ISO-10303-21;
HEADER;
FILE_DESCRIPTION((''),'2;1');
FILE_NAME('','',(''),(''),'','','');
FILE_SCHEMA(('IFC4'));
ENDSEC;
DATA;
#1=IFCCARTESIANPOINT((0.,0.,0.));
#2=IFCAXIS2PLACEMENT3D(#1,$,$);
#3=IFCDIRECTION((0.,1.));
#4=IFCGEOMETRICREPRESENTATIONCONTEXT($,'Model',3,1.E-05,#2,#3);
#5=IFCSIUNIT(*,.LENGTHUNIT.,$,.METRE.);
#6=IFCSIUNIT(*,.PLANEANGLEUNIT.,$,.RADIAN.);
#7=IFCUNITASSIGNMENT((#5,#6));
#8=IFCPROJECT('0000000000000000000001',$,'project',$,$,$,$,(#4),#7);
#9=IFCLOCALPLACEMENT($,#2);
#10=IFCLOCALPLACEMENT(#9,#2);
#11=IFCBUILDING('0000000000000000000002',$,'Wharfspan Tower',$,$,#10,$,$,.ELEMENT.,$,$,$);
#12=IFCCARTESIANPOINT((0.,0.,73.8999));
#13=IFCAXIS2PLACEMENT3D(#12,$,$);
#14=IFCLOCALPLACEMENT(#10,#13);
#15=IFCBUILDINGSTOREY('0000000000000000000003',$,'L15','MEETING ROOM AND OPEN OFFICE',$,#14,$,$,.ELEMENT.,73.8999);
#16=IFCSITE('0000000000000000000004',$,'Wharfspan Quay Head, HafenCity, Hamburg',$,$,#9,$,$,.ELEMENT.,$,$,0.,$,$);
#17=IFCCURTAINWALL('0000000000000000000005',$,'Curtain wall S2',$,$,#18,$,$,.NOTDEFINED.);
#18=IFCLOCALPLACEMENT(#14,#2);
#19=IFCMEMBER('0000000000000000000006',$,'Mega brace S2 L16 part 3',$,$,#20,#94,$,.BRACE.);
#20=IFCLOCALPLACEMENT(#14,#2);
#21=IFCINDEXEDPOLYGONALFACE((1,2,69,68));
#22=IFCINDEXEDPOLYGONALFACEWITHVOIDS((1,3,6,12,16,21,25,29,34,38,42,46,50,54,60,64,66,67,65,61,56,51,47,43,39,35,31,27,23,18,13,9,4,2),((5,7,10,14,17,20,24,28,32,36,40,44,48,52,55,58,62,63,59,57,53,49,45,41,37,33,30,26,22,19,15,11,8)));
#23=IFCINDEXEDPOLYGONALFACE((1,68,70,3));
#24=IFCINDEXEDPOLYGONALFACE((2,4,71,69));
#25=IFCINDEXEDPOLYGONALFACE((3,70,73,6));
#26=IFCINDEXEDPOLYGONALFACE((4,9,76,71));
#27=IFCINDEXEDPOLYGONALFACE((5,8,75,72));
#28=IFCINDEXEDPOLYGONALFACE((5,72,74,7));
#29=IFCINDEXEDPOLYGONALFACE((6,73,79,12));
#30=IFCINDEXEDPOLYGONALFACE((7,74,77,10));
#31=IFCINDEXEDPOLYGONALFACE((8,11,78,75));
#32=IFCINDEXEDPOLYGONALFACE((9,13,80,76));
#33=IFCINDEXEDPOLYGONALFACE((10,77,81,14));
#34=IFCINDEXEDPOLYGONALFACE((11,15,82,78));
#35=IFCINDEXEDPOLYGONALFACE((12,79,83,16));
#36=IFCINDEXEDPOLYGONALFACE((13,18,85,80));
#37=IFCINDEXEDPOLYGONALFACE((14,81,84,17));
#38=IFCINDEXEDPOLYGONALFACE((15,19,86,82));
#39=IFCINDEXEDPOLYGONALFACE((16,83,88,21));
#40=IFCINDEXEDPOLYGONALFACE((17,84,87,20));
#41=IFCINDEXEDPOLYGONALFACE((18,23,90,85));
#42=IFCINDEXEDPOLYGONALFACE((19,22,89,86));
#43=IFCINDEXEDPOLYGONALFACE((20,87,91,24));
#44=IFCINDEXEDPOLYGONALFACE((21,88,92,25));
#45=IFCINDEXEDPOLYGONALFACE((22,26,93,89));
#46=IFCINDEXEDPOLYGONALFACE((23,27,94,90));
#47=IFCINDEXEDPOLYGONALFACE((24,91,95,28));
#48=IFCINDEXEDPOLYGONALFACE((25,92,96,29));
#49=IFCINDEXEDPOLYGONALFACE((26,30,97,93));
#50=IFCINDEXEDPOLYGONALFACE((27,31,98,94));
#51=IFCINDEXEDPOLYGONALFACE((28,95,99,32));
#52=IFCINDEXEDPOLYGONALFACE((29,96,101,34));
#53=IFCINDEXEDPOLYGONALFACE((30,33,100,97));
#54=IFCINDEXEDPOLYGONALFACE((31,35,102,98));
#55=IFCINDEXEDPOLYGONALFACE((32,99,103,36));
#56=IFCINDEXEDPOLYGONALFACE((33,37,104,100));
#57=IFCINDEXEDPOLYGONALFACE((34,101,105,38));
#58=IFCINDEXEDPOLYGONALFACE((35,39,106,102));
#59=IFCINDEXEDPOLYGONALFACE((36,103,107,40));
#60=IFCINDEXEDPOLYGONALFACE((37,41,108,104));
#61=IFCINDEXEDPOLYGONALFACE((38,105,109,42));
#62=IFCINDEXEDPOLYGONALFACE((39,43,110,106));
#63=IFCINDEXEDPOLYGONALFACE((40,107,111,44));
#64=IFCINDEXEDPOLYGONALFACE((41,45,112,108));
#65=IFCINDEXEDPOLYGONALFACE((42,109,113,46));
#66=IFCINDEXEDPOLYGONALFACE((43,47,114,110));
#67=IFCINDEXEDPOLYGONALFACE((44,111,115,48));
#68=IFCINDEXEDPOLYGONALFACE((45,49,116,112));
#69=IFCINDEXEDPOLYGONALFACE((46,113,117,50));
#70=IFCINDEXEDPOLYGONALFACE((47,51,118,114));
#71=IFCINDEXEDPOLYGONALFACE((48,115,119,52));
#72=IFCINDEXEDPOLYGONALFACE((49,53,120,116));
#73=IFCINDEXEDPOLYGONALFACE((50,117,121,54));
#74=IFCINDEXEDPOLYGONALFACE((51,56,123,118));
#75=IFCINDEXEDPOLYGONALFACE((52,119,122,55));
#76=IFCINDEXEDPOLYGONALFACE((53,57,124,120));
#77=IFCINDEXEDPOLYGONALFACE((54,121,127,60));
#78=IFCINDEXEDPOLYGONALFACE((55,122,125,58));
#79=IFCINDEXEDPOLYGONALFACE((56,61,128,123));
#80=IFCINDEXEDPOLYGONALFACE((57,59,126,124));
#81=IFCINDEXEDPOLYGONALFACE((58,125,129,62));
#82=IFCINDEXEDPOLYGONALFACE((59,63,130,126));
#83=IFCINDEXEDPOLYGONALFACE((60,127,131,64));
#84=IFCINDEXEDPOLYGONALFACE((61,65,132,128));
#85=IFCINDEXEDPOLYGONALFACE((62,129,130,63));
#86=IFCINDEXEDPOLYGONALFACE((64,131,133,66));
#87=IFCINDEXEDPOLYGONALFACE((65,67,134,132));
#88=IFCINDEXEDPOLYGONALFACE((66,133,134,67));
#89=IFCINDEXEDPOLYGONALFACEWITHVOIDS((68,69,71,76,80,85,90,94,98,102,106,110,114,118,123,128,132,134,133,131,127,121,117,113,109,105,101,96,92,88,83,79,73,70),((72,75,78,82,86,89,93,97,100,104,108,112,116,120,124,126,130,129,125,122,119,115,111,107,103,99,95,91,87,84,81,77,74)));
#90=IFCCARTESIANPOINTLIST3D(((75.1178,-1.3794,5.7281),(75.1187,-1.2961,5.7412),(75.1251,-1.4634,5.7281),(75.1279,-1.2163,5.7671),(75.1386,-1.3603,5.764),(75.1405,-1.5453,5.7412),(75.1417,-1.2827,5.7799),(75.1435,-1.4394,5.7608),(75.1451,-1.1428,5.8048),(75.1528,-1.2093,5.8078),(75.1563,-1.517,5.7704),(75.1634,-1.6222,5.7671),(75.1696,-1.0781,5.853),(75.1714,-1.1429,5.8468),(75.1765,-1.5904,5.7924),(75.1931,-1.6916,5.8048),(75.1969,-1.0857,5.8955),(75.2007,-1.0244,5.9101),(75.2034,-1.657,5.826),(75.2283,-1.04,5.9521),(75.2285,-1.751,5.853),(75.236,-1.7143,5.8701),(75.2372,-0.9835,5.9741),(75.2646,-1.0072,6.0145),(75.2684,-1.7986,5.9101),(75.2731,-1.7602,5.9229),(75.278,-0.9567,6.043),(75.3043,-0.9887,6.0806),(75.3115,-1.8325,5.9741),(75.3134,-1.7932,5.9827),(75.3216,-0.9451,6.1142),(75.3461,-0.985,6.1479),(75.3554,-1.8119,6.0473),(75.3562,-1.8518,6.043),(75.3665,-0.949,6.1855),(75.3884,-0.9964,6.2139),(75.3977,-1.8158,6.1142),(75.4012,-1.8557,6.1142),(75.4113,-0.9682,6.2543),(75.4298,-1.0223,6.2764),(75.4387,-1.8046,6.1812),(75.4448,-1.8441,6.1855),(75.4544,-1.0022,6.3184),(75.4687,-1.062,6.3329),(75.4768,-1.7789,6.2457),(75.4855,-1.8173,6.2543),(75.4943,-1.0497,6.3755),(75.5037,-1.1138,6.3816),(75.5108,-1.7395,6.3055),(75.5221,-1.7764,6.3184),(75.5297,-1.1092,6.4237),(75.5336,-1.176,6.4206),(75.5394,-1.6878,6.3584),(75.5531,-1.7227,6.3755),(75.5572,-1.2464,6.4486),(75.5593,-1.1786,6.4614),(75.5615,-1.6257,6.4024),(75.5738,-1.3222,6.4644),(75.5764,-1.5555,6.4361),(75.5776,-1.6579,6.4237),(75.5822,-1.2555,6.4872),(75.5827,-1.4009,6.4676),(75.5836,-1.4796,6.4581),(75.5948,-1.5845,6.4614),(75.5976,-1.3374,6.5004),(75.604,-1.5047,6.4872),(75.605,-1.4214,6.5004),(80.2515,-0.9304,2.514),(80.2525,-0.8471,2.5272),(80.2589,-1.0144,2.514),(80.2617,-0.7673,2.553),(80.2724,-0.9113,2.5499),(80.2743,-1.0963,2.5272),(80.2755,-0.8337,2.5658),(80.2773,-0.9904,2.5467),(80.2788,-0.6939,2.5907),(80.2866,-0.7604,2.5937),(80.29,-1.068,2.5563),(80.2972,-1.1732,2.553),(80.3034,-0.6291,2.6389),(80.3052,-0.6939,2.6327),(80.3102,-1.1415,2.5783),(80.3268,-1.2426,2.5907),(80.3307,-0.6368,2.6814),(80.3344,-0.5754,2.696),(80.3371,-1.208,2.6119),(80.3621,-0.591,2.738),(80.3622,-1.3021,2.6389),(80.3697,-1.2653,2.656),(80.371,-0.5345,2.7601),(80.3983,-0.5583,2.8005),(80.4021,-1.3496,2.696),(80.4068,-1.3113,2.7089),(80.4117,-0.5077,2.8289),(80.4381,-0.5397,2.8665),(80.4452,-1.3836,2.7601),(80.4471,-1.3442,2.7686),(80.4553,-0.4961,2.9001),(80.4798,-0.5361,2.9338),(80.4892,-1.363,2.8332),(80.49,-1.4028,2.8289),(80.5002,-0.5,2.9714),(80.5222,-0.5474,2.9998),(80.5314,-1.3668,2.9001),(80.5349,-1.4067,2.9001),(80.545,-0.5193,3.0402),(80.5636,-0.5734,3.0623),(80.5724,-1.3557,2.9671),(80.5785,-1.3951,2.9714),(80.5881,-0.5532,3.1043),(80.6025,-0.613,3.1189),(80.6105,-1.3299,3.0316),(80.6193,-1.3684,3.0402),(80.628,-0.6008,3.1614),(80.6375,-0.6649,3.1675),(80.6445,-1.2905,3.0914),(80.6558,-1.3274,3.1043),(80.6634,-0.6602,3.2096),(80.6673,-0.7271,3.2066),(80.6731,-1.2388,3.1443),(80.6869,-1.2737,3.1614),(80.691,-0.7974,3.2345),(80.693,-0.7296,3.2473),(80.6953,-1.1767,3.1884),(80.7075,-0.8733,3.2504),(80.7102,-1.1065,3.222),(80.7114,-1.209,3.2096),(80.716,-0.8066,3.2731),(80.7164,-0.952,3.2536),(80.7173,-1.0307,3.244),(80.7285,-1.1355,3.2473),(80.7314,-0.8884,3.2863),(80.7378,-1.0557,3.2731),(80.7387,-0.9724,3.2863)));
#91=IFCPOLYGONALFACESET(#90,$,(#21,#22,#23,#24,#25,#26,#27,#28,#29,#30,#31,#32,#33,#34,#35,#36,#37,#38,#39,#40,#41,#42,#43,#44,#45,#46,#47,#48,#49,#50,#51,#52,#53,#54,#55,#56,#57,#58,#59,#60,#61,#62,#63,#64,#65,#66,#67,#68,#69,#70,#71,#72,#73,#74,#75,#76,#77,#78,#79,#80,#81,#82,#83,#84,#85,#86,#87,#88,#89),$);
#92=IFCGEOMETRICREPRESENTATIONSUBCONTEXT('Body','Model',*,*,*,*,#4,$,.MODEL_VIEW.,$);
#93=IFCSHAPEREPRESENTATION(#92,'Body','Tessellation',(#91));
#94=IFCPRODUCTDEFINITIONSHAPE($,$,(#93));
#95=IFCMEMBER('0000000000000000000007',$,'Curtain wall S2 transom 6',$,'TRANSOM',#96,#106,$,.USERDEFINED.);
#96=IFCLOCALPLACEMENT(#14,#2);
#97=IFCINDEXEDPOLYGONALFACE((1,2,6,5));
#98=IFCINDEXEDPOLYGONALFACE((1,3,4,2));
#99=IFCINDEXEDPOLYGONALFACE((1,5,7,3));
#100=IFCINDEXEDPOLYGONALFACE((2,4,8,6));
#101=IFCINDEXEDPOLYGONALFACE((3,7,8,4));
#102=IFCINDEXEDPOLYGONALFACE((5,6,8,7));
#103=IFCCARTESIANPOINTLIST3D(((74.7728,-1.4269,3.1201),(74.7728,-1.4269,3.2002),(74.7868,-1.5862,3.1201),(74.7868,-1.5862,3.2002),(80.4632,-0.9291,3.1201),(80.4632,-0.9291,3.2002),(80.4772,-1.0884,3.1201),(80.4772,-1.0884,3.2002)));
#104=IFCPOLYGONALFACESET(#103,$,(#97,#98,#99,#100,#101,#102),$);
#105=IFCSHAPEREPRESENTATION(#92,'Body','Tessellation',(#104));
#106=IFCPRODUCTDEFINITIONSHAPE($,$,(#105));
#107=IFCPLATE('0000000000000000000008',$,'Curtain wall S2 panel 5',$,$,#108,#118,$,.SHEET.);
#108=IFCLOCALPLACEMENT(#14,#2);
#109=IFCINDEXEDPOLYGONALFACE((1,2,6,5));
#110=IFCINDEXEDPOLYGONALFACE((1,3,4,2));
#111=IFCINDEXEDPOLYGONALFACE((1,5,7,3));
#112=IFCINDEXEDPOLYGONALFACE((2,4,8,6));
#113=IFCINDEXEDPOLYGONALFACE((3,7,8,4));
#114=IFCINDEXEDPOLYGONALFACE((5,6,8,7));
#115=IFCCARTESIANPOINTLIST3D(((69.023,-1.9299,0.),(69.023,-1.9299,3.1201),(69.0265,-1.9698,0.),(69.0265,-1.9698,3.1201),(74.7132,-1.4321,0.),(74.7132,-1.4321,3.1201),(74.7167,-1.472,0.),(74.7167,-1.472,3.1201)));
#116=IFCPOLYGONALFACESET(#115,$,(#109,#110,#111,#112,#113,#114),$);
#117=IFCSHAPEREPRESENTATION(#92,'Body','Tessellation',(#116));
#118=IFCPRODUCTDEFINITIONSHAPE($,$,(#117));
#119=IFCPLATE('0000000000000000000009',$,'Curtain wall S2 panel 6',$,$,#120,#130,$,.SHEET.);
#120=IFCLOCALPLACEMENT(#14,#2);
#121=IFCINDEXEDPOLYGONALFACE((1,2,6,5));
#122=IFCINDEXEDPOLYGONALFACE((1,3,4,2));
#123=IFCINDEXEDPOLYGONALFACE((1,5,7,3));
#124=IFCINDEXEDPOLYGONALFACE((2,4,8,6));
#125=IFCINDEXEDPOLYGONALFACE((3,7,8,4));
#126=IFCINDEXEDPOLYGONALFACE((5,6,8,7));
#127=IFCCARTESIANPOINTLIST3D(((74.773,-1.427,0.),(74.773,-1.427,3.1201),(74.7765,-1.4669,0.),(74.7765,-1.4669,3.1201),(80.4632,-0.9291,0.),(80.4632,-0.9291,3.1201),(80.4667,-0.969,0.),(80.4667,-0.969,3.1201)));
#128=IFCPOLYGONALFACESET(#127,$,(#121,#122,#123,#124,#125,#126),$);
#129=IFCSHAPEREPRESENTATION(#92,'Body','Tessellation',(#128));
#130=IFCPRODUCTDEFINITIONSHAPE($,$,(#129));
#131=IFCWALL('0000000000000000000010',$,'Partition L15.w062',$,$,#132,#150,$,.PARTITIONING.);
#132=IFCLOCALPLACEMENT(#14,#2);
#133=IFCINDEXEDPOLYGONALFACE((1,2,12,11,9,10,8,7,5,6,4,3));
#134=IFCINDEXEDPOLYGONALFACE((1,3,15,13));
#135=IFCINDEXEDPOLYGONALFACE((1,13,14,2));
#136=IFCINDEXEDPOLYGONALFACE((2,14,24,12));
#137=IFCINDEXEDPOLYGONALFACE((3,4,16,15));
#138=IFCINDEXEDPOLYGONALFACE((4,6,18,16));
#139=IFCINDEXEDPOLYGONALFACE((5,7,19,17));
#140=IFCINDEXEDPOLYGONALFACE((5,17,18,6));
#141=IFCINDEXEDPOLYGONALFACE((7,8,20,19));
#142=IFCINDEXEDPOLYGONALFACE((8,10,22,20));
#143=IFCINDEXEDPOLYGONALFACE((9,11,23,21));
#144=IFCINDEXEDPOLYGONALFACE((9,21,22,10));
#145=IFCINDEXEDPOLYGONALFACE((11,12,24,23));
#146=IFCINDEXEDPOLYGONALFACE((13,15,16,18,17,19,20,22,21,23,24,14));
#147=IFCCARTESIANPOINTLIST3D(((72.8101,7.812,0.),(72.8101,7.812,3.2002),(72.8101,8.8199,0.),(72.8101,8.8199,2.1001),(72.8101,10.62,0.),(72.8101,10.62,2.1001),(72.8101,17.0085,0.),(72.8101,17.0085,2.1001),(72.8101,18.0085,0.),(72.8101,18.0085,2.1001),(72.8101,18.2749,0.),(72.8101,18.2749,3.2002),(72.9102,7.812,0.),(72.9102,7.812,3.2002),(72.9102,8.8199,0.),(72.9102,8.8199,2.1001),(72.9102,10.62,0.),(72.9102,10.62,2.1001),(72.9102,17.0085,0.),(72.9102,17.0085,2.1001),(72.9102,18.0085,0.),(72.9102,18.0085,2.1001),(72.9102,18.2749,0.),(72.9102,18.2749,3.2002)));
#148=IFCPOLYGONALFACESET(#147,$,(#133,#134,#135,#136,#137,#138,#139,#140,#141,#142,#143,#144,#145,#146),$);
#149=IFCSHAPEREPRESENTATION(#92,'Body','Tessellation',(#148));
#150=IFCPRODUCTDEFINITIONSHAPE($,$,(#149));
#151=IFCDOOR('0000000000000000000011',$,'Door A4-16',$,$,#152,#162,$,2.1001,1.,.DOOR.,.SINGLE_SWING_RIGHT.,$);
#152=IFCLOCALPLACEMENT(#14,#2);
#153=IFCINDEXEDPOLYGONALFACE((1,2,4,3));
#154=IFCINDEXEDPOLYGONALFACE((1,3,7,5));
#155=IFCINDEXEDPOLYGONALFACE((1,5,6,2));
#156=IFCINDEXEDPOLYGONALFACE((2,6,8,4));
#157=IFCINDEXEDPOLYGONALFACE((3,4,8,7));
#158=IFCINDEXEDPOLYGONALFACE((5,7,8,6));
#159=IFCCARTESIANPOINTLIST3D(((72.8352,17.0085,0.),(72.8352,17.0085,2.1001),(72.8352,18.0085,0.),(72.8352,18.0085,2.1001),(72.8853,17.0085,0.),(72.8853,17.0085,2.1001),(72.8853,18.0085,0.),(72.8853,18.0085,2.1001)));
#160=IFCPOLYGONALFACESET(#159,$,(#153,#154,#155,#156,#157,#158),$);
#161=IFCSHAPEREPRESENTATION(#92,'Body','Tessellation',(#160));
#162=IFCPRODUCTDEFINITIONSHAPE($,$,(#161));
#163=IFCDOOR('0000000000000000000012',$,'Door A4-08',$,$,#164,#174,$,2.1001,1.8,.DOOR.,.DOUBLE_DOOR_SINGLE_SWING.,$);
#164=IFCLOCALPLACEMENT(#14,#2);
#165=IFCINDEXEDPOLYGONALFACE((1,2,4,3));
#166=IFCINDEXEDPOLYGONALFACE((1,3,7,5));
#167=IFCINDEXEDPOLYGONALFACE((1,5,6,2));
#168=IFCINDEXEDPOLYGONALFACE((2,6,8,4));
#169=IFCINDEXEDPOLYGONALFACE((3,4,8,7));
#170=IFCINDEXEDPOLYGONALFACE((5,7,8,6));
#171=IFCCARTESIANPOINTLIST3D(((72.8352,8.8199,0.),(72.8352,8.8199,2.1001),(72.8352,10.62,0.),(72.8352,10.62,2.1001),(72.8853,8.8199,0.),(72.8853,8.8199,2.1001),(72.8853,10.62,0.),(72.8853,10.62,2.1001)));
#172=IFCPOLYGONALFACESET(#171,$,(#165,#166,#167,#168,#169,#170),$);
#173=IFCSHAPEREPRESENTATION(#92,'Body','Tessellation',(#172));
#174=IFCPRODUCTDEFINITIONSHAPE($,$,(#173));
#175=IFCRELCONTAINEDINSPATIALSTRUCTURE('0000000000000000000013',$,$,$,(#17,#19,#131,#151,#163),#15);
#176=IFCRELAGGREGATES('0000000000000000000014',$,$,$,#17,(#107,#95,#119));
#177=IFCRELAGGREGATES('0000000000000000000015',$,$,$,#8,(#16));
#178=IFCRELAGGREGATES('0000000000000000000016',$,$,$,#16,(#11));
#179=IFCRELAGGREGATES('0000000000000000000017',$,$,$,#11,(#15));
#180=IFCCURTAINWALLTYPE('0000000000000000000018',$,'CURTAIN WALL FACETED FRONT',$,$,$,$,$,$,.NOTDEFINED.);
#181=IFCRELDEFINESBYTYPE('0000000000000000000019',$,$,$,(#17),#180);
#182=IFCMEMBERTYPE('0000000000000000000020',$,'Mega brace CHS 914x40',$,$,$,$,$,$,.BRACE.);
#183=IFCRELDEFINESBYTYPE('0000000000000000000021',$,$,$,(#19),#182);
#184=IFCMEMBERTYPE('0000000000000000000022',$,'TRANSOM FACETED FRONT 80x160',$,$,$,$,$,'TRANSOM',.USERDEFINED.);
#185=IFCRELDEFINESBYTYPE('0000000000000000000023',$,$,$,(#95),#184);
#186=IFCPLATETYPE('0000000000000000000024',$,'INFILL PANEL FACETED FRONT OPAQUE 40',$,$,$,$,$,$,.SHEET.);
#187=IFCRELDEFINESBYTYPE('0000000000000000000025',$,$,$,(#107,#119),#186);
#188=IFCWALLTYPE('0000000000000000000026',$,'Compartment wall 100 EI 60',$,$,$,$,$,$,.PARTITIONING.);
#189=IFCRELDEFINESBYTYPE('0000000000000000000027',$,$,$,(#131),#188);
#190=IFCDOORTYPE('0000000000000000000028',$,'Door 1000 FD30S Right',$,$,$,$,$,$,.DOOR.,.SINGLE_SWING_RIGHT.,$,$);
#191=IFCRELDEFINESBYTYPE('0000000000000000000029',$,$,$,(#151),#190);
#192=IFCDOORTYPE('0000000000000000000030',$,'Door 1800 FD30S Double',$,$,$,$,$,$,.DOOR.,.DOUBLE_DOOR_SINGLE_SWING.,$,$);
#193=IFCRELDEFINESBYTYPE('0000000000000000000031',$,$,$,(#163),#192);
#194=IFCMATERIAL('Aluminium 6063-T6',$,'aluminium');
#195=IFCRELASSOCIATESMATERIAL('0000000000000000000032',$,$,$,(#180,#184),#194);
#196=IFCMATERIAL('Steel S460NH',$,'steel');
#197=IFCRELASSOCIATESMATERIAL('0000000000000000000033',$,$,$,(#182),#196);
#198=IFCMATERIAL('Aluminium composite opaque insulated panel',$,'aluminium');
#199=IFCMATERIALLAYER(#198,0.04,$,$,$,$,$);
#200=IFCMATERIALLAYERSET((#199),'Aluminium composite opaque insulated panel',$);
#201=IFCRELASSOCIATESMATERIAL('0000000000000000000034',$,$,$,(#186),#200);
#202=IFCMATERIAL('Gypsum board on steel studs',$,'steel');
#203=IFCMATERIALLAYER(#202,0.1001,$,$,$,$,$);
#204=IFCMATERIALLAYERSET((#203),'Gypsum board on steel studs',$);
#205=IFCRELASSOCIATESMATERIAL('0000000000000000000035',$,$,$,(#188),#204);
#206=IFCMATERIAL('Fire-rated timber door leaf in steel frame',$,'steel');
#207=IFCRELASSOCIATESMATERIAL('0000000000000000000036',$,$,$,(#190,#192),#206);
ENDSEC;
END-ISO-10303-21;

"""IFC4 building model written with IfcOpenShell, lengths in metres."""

from ifc_helpers import new_model, si_unit, direction, frame, frame_2d, origin, origin_2d, place, context, subcontext, project, spatial, rectangle, hollow_circle, extrude, material, layer, layer_set, material_profile, profile_set, type_object, element, fill, aggregate, save


model = new_model("IFC4")

# Units and contexts
model_context = context("Model", 3, precision=1e-05, world=origin(), true_north=direction((0.0, 1.0)))
body_context = subcontext(model_context, "Body", "Model", "MODEL_VIEW")
ifc_project = project(units=[si_unit("LENGTHUNIT", "METRE"), si_unit("PLANEANGLEUNIT", "RADIAN")], contexts=[model_context])

# Site, building, storey
site_placement = place(None, origin())
site = spatial("IfcSite", under=ifc_project, at=site_placement, Name="Wharfspan Quay Head, HafenCity, Hamburg", CompositionType="ELEMENT", RefElevation=0.0)
building_placement = place(site_placement, origin())
building = spatial("IfcBuilding", under=site, at=building_placement, Name="Wharfspan Tower", CompositionType="ELEMENT")
storey_placement = place(building_placement, frame((0.0, 0.0, 73.8999)))
storey = spatial("IfcBuildingStorey", under=building, at=storey_placement, Name="L15", Description="MEETING ROOM AND OPEN OFFICE", CompositionType="ELEMENT", Elevation=73.8999)

# Curtain wall
ifc_material_1 = material(Name="Aluminium 6063-T6", Category="aluminium")
curtain_wall_type = type_object("IfcCurtainWallType", Name="CURTAIN WALL FACETED FRONT", PredefinedType="NOTDEFINED", material=ifc_material_1)
curtain_wall_placement = place(storey_placement, origin())
curtain_wall = element("IfcCurtainWall", 1, at=curtain_wall_placement, inside=storey, type_object=curtain_wall_type, Name="Curtain wall S2", PredefinedType="NOTDEFINED")

# Members
ifc_material_2 = material(Name="Steel S460NH", Category="steel")
ifc_material_profile_1 = material_profile(ifc_material_2, hollow_circle(Radius=0.457, WallThickness=0.04, at=origin_2d()))
ifc_profile_set_1 = profile_set([ifc_material_profile_1], Name="Steel S460NH")
member_type_1 = type_object("IfcMemberType", Name="Mega brace CHS 914x40", PredefinedType="BRACE", material=ifc_profile_set_1)
member_1_placement = place(storey_placement, frame((80.4951, -0.9514, 2.9001), z_axis=(-0.845271, -0.073923, 0.529199), x_axis=(0.087123, -0.996199, 0.000001)))
element("IfcMember", 2, at=member_1_placement, inside=storey, type_object=member_type_1, Name="Mega brace S2 L16 part 3", PredefinedType="BRACE", context=body_context, shape_type="SweptSolid", body=[
    extrude(hollow_circle(Radius=0.457, WallThickness=0.04, at=origin_2d()), origin(), (0.0, 0.0, 1.0), 6.0735),
])
ifc_material_profile_2 = material_profile(ifc_material_1, rectangle(XDim=0.1599, YDim=0.0801, at=origin_2d()))
ifc_profile_set_2 = profile_set([ifc_material_profile_2], Name="Aluminium 6063-T6")
member_type_2 = type_object("IfcMemberType", Name="TRANSOM FACETED FRONT 80x160", ElementType="TRANSOM", PredefinedType="USERDEFINED", material=ifc_profile_set_2)
member_2_placement = place(storey_placement, frame((74.7798, -1.5066, 3.1602), z_axis=(0.996195, 0.087148, 0.0), x_axis=(-0.087148, 0.996195, 0.0)))
member_2 = element("IfcMember", 3, at=member_2_placement, type_object=member_type_2, Name="Curtain wall S2 transom 6", ObjectType="TRANSOM", PredefinedType="USERDEFINED", context=body_context, shape_type="SweptSolid", body=[
    extrude(rectangle(XDim=0.1599, YDim=0.0801, at=origin_2d()), origin(), (0.0, 0.0, 1.0), 5.7122),
])

# Plates
ifc_material_3 = material(Name="Aluminium composite opaque insulated panel", Category="aluminium")
ifc_layer_1 = layer(ifc_material_3, 0.04)
ifc_layer_set_1 = layer_set([ifc_layer_1], Name="Aluminium composite opaque insulated panel")
plate_type = type_object("IfcPlateType", Name="INFILL PANEL FACETED FRONT OPAQUE 40", PredefinedType="SHEET", material=ifc_layer_set_1)
plate_1_placement = place(storey_placement, frame((71.8699, -1.7009, 0.0), z_axis=(0.0, 0.0, 1.0), x_axis=(0.996197, 0.087156, 0.0)))
plate_1 = element("IfcPlate", 4, at=plate_1_placement, type_object=plate_type, Name="Curtain wall S2 panel 5", PredefinedType="SHEET", context=body_context, shape_type="SweptSolid", body=[
    extrude(rectangle(XDim=5.7119, YDim=0.04, at=origin_2d()), origin(), (0.0, 0.0, 1.0), 3.1201),
])
plate_2_placement = place(storey_placement, frame((77.6199, -1.198, 0.0), z_axis=(0.0, 0.0, 1.0), x_axis=(0.996197, 0.087156, 0.0)))
plate_2 = element("IfcPlate", 5, at=plate_2_placement, type_object=plate_type, Name="Curtain wall S2 panel 6", PredefinedType="SHEET", context=body_context, shape_type="SweptSolid", body=[
    extrude(rectangle(XDim=5.7119, YDim=0.04, at=origin_2d()), origin(), (0.0, 0.0, 1.0), 3.1201),
])
aggregate(curtain_wall, [plate_1, member_2, plate_2])

# Wall, openings, doors
ifc_material_4 = material(Name="Gypsum board on steel studs", Category="steel")
ifc_layer_2 = layer(ifc_material_4, 0.1001)
ifc_layer_set_2 = layer_set([ifc_layer_2], Name="Gypsum board on steel studs")
wall_type_1 = type_object("IfcWallType", Name="Compartment wall 100 EI 60", PredefinedType="PARTITIONING", material=ifc_layer_set_2)
wall_1_placement = place(storey_placement, frame((72.8601, 7.812, 0.0), z_axis=(0.0, 0.0, 1.0), x_axis=(0.0, 1.0, 0.0)))
wall_1 = element("IfcWall", 6, at=wall_1_placement, inside=storey, type_object=wall_type_1, Name="Partition L15.w062", PredefinedType="PARTITIONING", context=body_context, shape_type="SweptSolid", body=[
    extrude(rectangle(XDim=10.4629, YDim=0.1001, at=frame_2d((5.2314, 0.0))), origin(), (0.0, 0.0, 1.0), 3.2002),
])
opening_1_placement = place(wall_1_placement, frame((1.0081, 0.0, 0.0)))
opening_1 = element("IfcOpeningElement", 7, at=opening_1_placement, cuts=wall_1, PredefinedType="OPENING", context=body_context, shape_type="SweptSolid", body=[
    extrude(rectangle(XDim=1.8, YDim=2.1001, at=frame_2d((0.8999, 1.05))), frame((0.0, 0.0601, 0.0), z_axis=(0.0, -1.0, 0.0), x_axis=(1.0, 0.0, 0.0)), (0.0, 0.0, 1.0), 0.1201),
])
opening_2_placement = place(wall_1_placement, frame((9.1965, 0.0, 0.0)))
opening_2 = element("IfcOpeningElement", 8, at=opening_2_placement, cuts=wall_1, PredefinedType="OPENING", context=body_context, shape_type="SweptSolid", body=[
    extrude(rectangle(XDim=1.0, YDim=2.1001, at=frame_2d((0.5, 1.05))), frame((0.0, 0.0601, 0.0), z_axis=(0.0, -1.0, 0.0), x_axis=(1.0, 0.0, 0.0)), (0.0, 0.0, 1.0), 0.1201),
])
ifc_material_5 = material(Name="Fire-rated timber door leaf in steel frame", Category="steel")
door_type_1 = type_object("IfcDoorType", Name="Door 1000 FD30S Right", OperationType="SINGLE_SWING_RIGHT", PredefinedType="DOOR", material=ifc_material_5)
door_1_placement = place(opening_2_placement, origin())
door_1 = element("IfcDoor", 9, at=door_1_placement, inside=storey, type_object=door_type_1, Name="Door A4-16", OperationType="SINGLE_SWING_RIGHT", OverallHeight=2.1001, OverallWidth=1.0, PredefinedType="DOOR", context=body_context, shape_type="SweptSolid", body=[
    extrude(rectangle(XDim=1.0, YDim=2.1001, at=frame_2d((0.5, 1.05))), frame((0.0, 0.0249, 0.0), z_axis=(0.0, -1.0, 0.0), x_axis=(1.0, 0.0, 0.0)), (0.0, 0.0, 1.0), 0.05),
])
fill(opening_2, door_1)
door_type_2 = type_object("IfcDoorType", Name="Door 1800 FD30S Double", OperationType="DOUBLE_DOOR_SINGLE_SWING", PredefinedType="DOOR", material=ifc_material_5)
door_2_placement = place(opening_1_placement, origin())
door_2 = element("IfcDoor", 10, at=door_2_placement, inside=storey, type_object=door_type_2, Name="Door A4-08", OperationType="DOUBLE_DOOR_SINGLE_SWING", OverallHeight=2.1001, OverallWidth=1.8, PredefinedType="DOOR", context=body_context, shape_type="SweptSolid", body=[
    extrude(rectangle(XDim=1.8, YDim=2.1001, at=frame_2d((0.8999, 1.05))), frame((0.0, 0.0249, 0.0), z_axis=(0.0, -1.0, 0.0), x_axis=(1.0, 0.0, 0.0)), (0.0, 0.0, 1.0), 0.05),
])
fill(opening_1, door_2)

save(model, "model.ifc")
